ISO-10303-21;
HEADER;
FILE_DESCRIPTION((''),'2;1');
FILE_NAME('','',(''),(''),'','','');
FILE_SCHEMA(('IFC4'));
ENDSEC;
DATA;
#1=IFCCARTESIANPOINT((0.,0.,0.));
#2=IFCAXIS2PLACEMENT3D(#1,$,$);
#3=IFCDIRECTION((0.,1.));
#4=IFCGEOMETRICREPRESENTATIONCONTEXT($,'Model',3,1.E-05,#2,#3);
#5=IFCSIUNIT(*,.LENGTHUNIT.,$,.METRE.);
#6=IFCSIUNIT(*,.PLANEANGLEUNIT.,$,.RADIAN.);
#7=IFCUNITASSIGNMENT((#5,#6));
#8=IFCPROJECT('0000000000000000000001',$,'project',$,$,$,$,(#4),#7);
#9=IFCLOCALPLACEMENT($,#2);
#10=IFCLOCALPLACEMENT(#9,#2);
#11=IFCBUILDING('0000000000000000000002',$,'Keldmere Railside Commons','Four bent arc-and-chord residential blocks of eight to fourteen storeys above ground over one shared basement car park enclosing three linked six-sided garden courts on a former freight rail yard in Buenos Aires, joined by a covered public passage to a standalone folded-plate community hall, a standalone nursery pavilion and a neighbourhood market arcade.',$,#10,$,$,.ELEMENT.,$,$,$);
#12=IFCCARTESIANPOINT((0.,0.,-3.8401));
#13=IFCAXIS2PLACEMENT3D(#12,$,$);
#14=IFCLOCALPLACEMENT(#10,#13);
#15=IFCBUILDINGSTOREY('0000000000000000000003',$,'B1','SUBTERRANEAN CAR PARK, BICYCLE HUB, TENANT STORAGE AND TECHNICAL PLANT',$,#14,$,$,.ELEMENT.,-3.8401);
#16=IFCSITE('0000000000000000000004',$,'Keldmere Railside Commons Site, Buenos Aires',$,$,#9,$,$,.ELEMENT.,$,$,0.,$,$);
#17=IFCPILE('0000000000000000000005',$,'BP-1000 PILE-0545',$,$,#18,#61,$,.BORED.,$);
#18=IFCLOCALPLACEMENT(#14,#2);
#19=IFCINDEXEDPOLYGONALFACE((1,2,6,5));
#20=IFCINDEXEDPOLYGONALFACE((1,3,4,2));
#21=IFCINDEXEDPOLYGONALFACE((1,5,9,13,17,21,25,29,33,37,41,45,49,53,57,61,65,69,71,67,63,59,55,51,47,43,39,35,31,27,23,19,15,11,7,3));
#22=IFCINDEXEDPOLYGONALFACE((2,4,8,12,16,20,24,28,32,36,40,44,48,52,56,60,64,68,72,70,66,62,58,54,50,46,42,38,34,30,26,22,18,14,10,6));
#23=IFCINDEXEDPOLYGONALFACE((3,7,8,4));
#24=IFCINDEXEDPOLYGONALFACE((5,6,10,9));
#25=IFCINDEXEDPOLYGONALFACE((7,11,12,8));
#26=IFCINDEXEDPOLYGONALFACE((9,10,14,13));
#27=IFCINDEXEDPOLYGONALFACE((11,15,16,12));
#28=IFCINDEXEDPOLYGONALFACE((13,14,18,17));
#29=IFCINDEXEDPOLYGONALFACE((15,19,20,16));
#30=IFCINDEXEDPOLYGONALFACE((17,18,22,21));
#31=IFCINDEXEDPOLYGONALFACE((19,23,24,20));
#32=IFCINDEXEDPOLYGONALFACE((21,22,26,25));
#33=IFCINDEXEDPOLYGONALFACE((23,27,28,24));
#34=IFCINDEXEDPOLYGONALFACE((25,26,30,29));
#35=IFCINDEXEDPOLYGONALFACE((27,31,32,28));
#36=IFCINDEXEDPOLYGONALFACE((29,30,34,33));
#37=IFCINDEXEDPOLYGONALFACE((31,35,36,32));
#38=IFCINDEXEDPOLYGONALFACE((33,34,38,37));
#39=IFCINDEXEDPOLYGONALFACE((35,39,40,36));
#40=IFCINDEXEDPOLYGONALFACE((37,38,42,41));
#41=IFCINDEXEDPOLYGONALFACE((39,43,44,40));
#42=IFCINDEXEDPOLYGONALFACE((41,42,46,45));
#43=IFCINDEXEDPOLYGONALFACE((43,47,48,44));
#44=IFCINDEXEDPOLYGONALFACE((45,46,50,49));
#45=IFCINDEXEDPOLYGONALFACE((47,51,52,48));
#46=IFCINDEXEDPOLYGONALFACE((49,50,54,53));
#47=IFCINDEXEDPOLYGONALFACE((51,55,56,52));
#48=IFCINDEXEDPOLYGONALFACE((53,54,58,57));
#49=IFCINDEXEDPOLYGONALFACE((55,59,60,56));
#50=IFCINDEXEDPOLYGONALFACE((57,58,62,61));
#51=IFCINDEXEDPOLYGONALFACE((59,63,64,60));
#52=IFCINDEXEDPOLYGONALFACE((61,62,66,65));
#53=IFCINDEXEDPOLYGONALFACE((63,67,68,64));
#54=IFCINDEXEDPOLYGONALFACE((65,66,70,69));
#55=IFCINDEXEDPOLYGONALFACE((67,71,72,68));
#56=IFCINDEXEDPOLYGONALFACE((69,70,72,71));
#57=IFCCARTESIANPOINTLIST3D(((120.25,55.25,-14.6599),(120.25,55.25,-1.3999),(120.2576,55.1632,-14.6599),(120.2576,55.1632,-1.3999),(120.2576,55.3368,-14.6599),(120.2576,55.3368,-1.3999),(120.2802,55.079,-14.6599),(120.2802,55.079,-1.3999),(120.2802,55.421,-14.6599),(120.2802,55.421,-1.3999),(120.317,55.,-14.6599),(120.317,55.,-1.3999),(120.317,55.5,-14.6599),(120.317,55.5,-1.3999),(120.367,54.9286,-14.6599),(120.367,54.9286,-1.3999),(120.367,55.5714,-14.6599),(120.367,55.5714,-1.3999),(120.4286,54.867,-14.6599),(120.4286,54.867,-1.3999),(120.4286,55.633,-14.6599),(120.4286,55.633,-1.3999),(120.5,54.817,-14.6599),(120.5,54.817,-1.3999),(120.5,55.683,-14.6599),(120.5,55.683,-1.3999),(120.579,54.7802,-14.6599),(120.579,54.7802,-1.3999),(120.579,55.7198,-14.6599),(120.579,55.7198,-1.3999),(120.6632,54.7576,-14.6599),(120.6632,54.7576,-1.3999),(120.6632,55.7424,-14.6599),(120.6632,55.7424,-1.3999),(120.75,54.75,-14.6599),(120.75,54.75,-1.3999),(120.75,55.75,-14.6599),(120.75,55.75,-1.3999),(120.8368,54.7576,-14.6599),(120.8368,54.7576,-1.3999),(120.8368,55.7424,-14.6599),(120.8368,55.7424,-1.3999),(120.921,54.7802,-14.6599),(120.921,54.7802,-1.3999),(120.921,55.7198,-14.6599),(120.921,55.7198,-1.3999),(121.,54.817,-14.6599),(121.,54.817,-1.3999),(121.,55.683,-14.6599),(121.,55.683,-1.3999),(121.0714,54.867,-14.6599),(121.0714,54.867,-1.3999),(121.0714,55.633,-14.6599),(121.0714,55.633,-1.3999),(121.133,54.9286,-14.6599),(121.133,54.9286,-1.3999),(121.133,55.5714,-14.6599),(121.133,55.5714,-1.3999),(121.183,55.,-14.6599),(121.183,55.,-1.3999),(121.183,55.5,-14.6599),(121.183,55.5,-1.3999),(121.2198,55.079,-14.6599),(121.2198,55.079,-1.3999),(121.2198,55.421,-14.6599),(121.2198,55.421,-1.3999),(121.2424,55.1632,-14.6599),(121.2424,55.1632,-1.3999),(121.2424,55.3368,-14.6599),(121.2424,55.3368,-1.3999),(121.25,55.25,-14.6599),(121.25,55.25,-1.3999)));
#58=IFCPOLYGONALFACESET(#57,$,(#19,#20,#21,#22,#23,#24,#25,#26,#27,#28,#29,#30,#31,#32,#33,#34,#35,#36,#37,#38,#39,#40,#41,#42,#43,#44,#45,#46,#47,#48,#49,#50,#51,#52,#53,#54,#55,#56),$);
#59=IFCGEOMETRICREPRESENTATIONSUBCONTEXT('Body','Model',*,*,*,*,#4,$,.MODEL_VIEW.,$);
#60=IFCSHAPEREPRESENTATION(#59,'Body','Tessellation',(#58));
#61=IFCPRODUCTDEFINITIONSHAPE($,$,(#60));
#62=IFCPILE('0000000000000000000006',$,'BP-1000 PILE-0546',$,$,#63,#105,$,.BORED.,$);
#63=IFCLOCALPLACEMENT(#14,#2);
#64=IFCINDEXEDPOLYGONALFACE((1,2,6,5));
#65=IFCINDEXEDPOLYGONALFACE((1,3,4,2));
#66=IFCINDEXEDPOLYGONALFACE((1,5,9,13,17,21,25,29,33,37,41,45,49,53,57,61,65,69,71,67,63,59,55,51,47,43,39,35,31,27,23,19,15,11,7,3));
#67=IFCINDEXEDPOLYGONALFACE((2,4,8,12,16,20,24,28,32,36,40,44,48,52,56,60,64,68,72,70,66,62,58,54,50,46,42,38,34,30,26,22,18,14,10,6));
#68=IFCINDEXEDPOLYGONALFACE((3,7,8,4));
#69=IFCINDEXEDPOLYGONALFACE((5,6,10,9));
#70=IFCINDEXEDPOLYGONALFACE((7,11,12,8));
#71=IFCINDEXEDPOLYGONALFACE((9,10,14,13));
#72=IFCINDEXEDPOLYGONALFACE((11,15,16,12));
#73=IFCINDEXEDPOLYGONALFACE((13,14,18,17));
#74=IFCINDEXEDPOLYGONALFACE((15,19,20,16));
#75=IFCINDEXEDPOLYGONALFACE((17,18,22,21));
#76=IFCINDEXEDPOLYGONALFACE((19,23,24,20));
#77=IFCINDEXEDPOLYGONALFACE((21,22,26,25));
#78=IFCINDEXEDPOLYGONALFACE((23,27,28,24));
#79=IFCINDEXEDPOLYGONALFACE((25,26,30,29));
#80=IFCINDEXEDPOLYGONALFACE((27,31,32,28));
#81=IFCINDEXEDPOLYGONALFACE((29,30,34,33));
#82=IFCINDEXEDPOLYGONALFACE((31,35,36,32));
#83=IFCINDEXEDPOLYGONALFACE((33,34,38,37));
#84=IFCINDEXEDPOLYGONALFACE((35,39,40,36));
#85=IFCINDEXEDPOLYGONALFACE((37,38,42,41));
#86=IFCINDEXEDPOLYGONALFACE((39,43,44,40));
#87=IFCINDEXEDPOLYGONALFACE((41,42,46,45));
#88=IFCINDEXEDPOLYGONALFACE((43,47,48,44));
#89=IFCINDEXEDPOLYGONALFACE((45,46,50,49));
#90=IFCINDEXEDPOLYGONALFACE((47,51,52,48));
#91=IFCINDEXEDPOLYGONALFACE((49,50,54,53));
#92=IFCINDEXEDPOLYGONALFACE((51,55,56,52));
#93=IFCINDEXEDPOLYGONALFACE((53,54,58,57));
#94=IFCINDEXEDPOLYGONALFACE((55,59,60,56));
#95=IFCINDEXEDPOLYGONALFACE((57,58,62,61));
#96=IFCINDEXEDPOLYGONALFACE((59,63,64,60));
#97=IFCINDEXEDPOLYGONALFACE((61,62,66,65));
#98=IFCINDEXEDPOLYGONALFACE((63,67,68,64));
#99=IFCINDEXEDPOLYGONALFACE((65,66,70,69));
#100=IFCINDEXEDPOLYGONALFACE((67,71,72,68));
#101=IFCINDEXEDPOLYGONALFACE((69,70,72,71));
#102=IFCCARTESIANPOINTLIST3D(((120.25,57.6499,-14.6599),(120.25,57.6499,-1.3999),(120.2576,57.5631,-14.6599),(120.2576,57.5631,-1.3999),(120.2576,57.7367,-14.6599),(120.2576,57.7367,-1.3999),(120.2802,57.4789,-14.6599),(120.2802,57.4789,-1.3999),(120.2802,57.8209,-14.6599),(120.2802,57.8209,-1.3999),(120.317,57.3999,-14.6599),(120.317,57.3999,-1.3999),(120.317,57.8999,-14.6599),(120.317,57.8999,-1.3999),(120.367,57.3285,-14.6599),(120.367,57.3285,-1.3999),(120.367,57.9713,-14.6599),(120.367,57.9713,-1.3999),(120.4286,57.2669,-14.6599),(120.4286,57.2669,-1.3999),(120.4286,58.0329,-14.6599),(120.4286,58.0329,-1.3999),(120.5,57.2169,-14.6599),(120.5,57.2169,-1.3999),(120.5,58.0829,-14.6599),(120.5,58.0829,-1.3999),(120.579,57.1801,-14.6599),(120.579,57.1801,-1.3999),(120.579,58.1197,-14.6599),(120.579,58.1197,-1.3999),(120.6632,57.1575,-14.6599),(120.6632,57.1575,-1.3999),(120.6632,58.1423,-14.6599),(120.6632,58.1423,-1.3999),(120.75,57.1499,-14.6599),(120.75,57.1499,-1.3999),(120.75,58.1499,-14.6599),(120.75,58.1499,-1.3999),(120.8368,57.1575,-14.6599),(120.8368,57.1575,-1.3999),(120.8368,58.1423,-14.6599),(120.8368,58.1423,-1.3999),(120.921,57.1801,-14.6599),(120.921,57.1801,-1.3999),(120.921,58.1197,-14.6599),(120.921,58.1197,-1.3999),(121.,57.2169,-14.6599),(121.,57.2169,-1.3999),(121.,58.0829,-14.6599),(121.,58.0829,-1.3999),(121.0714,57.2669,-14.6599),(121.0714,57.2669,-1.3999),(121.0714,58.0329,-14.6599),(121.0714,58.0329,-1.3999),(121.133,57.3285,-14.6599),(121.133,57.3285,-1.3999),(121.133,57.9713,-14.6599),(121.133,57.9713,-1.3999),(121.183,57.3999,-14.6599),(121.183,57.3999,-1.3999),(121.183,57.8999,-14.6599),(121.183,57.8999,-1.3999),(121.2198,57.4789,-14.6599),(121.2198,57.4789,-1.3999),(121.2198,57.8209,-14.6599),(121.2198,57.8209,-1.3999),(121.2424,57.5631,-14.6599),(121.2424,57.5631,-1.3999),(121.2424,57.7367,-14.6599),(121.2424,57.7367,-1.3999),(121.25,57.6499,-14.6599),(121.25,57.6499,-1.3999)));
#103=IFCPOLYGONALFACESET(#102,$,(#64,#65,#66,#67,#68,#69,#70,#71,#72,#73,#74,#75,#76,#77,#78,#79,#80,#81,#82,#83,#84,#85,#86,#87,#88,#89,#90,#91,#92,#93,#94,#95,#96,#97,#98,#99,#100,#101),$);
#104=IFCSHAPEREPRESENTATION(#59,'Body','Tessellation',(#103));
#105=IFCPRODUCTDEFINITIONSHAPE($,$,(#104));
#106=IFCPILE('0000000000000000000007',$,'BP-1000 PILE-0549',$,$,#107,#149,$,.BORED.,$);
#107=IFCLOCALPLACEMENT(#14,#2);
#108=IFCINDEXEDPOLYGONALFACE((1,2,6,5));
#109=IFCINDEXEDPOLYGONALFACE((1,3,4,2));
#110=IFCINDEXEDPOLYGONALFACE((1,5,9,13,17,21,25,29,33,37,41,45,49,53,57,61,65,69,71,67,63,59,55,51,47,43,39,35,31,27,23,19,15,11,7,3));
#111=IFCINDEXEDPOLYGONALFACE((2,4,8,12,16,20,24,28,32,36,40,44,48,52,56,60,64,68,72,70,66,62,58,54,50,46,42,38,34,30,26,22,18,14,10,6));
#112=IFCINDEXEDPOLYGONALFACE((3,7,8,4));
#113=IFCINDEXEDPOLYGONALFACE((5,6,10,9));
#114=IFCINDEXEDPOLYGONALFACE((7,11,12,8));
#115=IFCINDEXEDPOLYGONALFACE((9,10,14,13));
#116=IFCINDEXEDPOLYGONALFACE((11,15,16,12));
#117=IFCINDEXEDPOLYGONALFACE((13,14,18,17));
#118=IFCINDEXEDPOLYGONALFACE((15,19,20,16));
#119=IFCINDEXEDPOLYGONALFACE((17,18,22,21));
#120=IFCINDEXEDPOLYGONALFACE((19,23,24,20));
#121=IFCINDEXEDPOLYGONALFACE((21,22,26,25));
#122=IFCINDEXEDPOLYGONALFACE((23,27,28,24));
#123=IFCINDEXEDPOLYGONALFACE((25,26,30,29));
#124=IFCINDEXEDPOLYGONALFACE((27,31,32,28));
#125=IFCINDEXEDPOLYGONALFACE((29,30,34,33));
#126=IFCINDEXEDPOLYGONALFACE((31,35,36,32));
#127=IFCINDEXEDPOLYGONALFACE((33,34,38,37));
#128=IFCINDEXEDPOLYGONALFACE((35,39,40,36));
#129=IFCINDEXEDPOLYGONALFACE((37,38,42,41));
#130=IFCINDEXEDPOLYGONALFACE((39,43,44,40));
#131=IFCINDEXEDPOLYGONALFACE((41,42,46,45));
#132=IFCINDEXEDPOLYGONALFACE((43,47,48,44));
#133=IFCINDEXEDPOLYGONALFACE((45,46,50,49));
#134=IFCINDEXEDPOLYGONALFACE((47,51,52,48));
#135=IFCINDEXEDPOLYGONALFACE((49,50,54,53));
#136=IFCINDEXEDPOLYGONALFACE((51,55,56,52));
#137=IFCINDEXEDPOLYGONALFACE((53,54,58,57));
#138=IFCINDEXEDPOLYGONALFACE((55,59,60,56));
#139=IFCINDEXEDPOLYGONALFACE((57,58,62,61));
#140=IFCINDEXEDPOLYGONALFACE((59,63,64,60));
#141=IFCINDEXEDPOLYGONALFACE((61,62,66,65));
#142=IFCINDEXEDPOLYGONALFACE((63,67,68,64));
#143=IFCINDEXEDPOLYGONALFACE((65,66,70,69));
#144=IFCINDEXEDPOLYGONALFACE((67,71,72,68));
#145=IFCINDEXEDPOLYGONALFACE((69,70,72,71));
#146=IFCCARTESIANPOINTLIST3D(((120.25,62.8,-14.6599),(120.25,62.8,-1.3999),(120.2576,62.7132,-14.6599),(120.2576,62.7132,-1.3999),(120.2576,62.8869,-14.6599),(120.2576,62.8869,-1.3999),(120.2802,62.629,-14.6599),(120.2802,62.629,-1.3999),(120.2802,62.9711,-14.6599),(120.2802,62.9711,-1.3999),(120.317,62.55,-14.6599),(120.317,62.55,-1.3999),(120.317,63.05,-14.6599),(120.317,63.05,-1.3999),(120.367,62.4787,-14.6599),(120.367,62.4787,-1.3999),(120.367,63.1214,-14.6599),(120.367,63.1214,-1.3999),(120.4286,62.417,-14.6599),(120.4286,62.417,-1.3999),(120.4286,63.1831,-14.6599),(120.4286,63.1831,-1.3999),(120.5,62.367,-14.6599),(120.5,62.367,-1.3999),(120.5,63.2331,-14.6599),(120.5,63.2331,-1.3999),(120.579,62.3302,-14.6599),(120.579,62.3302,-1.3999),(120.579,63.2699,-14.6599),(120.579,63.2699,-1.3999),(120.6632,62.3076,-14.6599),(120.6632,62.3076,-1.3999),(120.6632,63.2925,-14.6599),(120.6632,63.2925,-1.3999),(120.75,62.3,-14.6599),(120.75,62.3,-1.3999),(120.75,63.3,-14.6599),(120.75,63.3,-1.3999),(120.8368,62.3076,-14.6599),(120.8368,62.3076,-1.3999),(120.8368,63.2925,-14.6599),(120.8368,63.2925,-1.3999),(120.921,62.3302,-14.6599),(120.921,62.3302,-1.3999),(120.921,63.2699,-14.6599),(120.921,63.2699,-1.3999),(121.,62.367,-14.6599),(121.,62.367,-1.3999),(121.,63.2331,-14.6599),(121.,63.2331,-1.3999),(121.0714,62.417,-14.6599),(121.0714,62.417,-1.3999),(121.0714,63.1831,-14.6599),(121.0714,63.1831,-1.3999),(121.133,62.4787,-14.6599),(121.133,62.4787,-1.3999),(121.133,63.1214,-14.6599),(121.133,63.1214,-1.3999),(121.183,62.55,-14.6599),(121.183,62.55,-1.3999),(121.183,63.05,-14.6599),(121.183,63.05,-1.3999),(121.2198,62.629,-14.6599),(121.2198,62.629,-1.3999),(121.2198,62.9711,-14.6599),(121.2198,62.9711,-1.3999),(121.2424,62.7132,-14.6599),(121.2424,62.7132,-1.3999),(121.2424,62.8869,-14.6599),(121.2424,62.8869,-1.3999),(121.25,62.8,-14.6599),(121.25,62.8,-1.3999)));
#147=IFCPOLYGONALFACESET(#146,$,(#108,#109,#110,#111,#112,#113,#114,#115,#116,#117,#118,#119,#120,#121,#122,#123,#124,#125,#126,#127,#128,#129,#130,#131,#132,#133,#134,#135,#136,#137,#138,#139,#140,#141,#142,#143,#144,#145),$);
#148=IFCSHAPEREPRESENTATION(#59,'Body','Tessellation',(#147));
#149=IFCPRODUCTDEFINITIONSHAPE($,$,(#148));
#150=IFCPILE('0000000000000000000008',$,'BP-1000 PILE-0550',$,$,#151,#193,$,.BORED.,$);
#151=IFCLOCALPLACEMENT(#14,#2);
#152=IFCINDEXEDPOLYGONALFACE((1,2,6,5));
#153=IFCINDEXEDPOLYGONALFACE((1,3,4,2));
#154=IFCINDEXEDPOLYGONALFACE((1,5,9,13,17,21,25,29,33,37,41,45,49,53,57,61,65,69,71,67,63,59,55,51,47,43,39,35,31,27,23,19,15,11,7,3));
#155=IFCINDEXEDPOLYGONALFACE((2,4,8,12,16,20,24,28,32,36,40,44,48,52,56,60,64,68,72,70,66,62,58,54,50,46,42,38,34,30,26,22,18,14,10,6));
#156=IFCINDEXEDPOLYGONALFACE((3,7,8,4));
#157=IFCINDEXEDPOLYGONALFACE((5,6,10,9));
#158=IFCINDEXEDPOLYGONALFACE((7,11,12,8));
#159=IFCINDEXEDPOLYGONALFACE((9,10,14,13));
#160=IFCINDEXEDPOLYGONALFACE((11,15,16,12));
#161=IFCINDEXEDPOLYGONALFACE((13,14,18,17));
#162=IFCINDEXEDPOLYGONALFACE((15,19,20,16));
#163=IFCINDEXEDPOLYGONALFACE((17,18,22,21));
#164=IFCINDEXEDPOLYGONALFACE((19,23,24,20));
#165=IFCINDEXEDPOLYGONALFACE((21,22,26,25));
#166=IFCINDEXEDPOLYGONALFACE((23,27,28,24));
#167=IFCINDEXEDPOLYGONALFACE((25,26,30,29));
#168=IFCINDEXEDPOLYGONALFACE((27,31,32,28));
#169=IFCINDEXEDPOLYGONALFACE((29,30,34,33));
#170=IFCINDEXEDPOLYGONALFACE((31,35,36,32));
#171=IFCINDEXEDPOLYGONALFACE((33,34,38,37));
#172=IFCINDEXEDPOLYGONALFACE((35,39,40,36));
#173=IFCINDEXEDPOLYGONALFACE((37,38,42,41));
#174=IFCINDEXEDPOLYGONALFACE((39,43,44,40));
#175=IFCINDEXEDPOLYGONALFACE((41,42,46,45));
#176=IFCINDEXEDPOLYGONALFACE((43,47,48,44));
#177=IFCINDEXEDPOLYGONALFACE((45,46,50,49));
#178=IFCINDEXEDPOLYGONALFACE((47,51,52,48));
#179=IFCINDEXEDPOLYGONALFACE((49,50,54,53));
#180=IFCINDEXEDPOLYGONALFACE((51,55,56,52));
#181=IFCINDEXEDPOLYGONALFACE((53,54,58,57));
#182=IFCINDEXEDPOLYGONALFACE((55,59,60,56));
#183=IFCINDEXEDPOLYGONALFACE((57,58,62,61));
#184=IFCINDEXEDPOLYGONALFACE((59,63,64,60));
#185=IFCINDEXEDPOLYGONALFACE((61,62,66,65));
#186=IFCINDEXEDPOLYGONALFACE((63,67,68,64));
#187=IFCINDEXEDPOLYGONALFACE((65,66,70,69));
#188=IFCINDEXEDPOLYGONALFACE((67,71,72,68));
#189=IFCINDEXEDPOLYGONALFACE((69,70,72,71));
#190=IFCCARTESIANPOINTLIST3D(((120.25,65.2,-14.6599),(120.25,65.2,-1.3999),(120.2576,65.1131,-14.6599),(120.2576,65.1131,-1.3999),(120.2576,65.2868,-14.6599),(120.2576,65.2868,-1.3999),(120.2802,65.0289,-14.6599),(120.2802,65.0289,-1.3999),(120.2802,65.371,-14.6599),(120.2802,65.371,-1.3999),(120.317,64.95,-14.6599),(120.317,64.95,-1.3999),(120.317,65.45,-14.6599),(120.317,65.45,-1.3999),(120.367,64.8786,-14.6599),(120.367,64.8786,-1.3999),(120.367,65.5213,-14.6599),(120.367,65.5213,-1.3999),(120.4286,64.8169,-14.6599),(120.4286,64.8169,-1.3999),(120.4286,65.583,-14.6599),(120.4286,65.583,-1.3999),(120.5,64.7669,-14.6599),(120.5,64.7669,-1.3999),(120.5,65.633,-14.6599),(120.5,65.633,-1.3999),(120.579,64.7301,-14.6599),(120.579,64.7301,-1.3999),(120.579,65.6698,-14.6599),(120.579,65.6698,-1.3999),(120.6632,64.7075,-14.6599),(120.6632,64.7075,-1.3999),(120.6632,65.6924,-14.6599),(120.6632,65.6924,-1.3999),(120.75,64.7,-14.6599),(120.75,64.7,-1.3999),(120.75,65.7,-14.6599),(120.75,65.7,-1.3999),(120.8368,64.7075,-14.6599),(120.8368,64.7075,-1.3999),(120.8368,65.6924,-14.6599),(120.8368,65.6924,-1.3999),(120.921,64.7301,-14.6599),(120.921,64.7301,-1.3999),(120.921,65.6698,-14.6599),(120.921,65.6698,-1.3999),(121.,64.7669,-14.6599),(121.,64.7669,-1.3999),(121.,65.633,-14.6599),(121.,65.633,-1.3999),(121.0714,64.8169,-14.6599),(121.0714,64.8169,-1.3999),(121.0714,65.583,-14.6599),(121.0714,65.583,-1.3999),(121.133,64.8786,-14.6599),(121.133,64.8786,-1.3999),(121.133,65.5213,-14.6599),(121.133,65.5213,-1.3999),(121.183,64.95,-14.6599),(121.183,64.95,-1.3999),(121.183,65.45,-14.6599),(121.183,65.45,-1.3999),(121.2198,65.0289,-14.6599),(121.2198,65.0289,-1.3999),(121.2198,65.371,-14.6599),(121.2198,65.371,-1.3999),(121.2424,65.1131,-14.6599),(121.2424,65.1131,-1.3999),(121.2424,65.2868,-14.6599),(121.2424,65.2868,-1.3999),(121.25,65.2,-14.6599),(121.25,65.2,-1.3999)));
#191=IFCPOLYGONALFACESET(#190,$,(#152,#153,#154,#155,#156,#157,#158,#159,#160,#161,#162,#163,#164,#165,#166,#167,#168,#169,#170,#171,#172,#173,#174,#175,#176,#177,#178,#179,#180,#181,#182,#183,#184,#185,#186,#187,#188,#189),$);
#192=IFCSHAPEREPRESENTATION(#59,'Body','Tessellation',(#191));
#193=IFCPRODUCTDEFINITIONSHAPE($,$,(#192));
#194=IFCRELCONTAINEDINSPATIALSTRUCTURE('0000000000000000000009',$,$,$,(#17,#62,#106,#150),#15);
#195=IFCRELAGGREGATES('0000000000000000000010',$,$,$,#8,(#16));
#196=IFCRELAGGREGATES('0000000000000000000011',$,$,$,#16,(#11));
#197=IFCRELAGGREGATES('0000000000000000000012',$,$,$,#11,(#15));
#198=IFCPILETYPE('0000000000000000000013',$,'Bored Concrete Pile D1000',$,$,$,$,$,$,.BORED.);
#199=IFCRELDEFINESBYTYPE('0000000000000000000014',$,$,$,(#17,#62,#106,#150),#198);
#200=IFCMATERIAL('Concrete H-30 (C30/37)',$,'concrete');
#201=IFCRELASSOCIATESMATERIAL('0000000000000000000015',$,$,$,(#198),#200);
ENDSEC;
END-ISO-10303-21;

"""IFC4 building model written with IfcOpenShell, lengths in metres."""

from ifc_helpers import new_model, si_unit, direction, frame, origin, origin_2d, place, context, subcontext, project, spatial, circle, extrude, material, material_profile, profile_set, type_object, element, save


model = new_model("IFC4")

# Units and contexts
model_context = context("Model", 3, precision=1e-05, world=origin(), true_north=direction((0.0, 1.0)))
body_context = subcontext(model_context, "Body", "Model", "MODEL_VIEW")
ifc_project = project(units=[si_unit("LENGTHUNIT", "METRE"), si_unit("PLANEANGLEUNIT", "RADIAN")], contexts=[model_context])

# Site, building, storey
site_placement = place(None, origin())
site = spatial("IfcSite", under=ifc_project, at=site_placement, Name="Keldmere Railside Commons Site, Buenos Aires", CompositionType="ELEMENT", RefElevation=0.0)
building_placement = place(site_placement, origin())
building = spatial("IfcBuilding", under=site, at=building_placement, Name="Keldmere Railside Commons", Description="Four bent arc-and-chord residential blocks of eight to fourteen storeys above ground over one shared basement car park enclosing three linked six-sided garden courts on a former freight rail yard in Buenos Aires, joined by a covered public passage to a standalone folded-plate community hall, a standalone nursery pavilion and a neighbourhood market arcade.", CompositionType="ELEMENT")
storey_placement = place(building_placement, frame((0.0, 0.0, -3.8401)))
storey = spatial("IfcBuildingStorey", under=building, at=storey_placement, Name="B1", Description="SUBTERRANEAN CAR PARK, BICYCLE HUB, TENANT STORAGE AND TECHNICAL PLANT", CompositionType="ELEMENT", Elevation=-3.8401)

# Piles
ifc_material_1 = material(Name="Concrete H-30 (C30/37)", Category="concrete")
ifc_material_profile_1 = material_profile(ifc_material_1, circle(Radius=0.5, at=origin_2d()), Name="PILE-D1000")
ifc_profile_set_1 = profile_set([ifc_material_profile_1], Name="Concrete H-30 (C30/37)")
pile_type_1 = type_object("IfcPileType", Name="Bored Concrete Pile D1000", PredefinedType="BORED", material=ifc_profile_set_1)
for number, where, z_axis, x_axis, name in (
    (1, (120.75, 55.25, -1.3999), (0.0, 0.0, -1.0), (1.0, 0.0, 0.0), "BP-1000 PILE-0545"),
    (2, (120.75, 57.6499, -1.3999), (0.0, 0.0, -1.0), (1.0, 0.0, 0.0), "BP-1000 PILE-0546"),
    (3, (120.75, 62.8, -1.3999), (0.0, 0.0, -1.0), (1.0, 0.0, 0.0), "BP-1000 PILE-0549"),
    (4, (120.75, 65.2, -1.3999), (0.0, 0.0, -1.0), (1.0, 0.0, 0.0), "BP-1000 PILE-0550"),
):
    element("IfcPile", number, at=place(storey_placement, frame(where, z_axis=z_axis, x_axis=x_axis)), inside=storey, type_object=pile_type_1, Name=name, PredefinedType="BORED", context=body_context, shape_type="SweptSolid", body=[
        extrude(circle(Radius=0.5, at=origin_2d()), origin(), (0.0, 0.0, 1.0), 13.26),
    ])

save(model, "model.ifc")
